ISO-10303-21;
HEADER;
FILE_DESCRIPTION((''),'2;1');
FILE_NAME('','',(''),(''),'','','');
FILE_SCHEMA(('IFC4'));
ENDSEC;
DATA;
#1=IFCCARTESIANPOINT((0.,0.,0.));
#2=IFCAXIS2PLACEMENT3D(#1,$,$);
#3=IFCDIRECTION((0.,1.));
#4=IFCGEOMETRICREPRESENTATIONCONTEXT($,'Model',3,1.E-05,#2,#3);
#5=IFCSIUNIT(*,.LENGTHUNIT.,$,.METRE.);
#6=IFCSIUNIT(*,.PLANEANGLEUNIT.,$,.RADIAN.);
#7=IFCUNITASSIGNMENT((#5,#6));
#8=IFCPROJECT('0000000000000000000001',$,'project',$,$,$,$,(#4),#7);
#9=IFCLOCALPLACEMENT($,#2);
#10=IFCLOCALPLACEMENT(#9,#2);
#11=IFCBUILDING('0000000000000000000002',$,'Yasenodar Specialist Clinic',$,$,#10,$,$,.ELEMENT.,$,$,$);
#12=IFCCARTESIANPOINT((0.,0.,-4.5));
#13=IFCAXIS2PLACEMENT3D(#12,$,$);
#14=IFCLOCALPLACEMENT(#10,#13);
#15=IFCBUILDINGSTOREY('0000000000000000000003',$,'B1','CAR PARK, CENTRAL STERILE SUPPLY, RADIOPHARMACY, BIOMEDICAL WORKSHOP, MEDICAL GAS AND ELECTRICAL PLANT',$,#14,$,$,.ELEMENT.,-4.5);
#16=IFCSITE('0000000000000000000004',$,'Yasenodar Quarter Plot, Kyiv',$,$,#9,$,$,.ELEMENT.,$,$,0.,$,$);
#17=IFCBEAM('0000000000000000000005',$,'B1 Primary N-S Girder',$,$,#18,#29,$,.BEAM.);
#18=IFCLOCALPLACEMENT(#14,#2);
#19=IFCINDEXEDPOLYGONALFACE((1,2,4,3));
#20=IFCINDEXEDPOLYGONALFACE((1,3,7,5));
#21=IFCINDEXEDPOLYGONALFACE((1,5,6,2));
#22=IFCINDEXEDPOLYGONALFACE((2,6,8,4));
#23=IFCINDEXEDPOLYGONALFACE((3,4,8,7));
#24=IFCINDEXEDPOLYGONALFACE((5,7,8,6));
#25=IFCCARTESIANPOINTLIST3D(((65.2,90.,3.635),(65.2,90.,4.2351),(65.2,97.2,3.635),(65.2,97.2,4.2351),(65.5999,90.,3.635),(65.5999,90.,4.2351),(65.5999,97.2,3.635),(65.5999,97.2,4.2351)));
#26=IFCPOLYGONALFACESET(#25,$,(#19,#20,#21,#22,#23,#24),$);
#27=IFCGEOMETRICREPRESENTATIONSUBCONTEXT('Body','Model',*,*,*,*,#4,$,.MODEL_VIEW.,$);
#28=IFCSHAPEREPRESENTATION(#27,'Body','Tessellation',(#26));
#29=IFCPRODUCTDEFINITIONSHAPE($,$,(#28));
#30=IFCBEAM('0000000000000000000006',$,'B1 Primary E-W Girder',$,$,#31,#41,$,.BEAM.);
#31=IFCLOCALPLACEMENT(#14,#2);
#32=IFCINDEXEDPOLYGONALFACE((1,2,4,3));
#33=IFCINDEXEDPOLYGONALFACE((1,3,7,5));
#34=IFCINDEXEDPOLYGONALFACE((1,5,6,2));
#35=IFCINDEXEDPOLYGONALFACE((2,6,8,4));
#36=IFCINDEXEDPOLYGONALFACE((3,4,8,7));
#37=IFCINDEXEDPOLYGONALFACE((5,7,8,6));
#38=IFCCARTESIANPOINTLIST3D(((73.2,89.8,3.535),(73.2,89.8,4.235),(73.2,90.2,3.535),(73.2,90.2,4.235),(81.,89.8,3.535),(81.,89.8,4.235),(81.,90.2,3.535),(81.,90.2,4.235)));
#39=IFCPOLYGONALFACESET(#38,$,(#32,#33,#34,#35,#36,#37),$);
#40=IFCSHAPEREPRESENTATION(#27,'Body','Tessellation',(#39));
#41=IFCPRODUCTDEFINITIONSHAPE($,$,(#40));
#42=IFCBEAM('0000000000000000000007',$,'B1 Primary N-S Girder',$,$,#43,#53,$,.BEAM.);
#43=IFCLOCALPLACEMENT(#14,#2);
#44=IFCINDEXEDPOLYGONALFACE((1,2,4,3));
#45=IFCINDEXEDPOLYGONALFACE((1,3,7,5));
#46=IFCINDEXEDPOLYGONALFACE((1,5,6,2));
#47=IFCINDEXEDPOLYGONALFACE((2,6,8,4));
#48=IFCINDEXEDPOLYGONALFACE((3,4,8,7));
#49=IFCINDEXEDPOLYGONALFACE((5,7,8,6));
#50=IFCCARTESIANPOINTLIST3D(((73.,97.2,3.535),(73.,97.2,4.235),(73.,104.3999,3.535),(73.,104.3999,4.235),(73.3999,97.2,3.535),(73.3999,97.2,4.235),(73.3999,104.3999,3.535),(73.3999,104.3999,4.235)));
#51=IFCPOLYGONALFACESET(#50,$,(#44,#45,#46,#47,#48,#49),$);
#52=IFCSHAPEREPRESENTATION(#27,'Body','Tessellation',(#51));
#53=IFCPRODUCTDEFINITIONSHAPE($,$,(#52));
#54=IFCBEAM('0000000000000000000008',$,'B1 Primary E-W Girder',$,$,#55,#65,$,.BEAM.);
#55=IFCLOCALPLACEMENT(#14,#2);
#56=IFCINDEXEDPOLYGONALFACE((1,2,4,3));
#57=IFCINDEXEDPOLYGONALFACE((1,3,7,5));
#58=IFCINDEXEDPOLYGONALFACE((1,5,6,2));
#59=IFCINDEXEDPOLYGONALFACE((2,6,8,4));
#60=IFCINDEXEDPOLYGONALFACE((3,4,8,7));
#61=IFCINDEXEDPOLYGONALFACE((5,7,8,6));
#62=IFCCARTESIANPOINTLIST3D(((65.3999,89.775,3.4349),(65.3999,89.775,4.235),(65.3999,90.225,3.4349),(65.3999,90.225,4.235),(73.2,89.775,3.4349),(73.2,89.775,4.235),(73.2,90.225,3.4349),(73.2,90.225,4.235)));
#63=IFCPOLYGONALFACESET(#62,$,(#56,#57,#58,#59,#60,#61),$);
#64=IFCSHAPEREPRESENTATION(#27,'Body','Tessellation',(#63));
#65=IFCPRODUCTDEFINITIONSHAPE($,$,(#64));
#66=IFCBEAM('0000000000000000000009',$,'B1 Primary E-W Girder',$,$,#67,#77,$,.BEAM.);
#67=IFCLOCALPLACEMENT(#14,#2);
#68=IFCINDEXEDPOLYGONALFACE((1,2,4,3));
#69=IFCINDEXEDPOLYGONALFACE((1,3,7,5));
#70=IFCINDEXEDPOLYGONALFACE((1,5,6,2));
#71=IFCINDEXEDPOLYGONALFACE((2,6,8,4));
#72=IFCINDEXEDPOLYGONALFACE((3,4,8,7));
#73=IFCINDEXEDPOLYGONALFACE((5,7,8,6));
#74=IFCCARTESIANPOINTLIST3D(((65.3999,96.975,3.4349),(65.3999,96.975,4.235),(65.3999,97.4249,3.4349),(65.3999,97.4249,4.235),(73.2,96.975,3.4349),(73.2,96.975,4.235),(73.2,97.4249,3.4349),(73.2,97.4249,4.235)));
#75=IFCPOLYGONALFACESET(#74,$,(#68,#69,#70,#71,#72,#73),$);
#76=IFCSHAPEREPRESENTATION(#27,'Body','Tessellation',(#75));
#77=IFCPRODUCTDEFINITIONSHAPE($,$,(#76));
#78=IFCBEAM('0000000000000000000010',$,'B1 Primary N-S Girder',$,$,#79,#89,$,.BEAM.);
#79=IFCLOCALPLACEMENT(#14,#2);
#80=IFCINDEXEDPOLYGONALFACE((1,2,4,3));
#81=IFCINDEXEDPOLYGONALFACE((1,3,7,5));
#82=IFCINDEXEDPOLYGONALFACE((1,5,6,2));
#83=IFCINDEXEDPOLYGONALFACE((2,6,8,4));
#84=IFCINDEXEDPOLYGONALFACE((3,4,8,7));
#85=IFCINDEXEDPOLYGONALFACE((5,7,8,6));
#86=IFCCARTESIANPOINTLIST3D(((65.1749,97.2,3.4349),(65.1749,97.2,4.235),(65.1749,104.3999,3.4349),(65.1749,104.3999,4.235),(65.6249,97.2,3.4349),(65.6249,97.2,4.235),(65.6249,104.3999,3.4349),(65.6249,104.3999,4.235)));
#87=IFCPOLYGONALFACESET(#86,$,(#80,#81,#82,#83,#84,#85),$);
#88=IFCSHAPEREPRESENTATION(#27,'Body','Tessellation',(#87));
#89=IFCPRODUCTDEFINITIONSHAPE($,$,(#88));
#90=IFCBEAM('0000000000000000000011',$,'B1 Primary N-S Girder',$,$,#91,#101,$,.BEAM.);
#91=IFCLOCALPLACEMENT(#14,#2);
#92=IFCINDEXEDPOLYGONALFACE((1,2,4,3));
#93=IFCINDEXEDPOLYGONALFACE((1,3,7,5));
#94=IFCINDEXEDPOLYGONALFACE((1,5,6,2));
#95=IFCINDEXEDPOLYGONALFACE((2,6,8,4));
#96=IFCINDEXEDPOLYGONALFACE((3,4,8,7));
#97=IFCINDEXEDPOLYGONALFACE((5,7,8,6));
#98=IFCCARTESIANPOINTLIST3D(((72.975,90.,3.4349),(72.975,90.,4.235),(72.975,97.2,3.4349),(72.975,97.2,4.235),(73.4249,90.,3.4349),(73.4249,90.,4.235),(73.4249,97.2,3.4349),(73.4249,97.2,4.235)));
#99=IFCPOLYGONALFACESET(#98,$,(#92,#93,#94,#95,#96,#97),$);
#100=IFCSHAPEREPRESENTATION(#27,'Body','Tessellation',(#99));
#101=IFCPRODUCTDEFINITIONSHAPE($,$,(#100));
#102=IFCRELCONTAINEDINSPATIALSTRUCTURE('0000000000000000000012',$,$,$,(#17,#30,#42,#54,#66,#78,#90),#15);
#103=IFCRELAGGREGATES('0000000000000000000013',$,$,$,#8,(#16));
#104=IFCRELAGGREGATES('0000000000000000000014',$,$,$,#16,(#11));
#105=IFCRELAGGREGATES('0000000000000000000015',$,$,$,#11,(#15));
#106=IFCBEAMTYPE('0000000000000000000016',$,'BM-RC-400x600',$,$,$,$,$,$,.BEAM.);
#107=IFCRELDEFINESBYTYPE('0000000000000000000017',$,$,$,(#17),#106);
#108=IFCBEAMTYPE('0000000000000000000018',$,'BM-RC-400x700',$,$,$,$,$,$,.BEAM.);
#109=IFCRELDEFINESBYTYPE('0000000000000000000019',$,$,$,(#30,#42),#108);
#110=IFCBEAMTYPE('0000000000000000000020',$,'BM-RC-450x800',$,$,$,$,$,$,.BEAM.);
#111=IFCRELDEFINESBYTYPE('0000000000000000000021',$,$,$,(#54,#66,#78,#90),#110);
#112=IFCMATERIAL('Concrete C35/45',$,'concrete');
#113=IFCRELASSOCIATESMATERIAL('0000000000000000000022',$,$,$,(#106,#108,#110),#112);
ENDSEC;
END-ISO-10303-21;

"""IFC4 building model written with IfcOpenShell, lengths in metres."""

from ifc_helpers import new_model, si_unit, direction, frame, origin, origin_2d, place, context, subcontext, project, spatial, rectangle, extrude, material, material_profile, profile_set, type_object, element, save


model = new_model("IFC4")

# Units and contexts
model_context = context("Model", 3, precision=1e-05, world=origin(), true_north=direction((0.0, 1.0)))
body_context = subcontext(model_context, "Body", "Model", "MODEL_VIEW")
ifc_project = project(units=[si_unit("LENGTHUNIT", "METRE"), si_unit("PLANEANGLEUNIT", "RADIAN")], contexts=[model_context])

# Site, building, storey
site_placement = place(None, origin())
site = spatial("IfcSite", under=ifc_project, at=site_placement, Name="Yasenodar Quarter Plot, Kyiv", CompositionType="ELEMENT", RefElevation=0.0)
building_placement = place(site_placement, origin())
building = spatial("IfcBuilding", under=site, at=building_placement, Name="Yasenodar Specialist Clinic", CompositionType="ELEMENT")
storey_placement = place(building_placement, frame((0.0, 0.0, -4.5)))
storey = spatial("IfcBuildingStorey", under=building, at=storey_placement, Name="B1", Description="CAR PARK, CENTRAL STERILE SUPPLY, RADIOPHARMACY, BIOMEDICAL WORKSHOP, MEDICAL GAS AND ELECTRICAL PLANT", CompositionType="ELEMENT", Elevation=-4.5)

# Shared definitions
ifc_material_1 = material(Name="Concrete C35/45", Category="concrete")

# Beams
ifc_material_profile_1 = material_profile(ifc_material_1, rectangle(XDim=0.3999, YDim=0.6001, at=origin_2d()), Name="RC 400x600")
ifc_profile_set_1 = profile_set([ifc_material_profile_1], Name="Concrete C35/45")
beam_type_1 = type_object("IfcBeamType", Name="BM-RC-400x600", PredefinedType="BEAM", material=ifc_profile_set_1)
beam_1_placement = place(storey_placement, frame((65.3999, 90.0, 3.9351), z_axis=(0.0, 1.0, 0.0), x_axis=(-1.0, 0.0, 0.0)))
element("IfcBeam", 1, at=beam_1_placement, inside=storey, type_object=beam_type_1, Name="B1 Primary N-S Girder", PredefinedType="BEAM", context=body_context, shape_type="SweptSolid", body=[
    extrude(rectangle(XDim=0.3999, YDim=0.6001, at=origin_2d()), origin(), (0.0, 0.0, 1.0), 7.2),
])
ifc_material_profile_2 = material_profile(ifc_material_1, rectangle(XDim=0.3999, YDim=0.7, at=origin_2d()), Name="RC 400x700")
ifc_profile_set_2 = profile_set([ifc_material_profile_2], Name="Concrete C35/45")
beam_type_2 = type_object("IfcBeamType", Name="BM-RC-400x700", PredefinedType="BEAM", material=ifc_profile_set_2)
beam_2_placement = place(storey_placement, frame((73.2, 90.0, 3.885), z_axis=(1.0, 0.0, 0.0), x_axis=(0.0, 1.0, 0.0)))
element("IfcBeam", 2, at=beam_2_placement, inside=storey, type_object=beam_type_2, Name="B1 Primary E-W Girder", PredefinedType="BEAM", context=body_context, shape_type="SweptSolid", body=[
    extrude(rectangle(XDim=0.3999, YDim=0.7, at=origin_2d()), origin(), (0.0, 0.0, 1.0), 7.8),
])
beam_3_placement = place(storey_placement, frame((73.2, 97.2, 3.885), z_axis=(0.0, 1.0, 0.0), x_axis=(-1.0, 0.0, 0.0)))
element("IfcBeam", 3, at=beam_3_placement, inside=storey, type_object=beam_type_2, Name="B1 Primary N-S Girder", PredefinedType="BEAM", context=body_context, shape_type="SweptSolid", body=[
    extrude(rectangle(XDim=0.3999, YDim=0.7, at=origin_2d()), origin(), (0.0, 0.0, 1.0), 7.2),
])
ifc_material_profile_3 = material_profile(ifc_material_1, rectangle(XDim=0.45, YDim=0.8, at=origin_2d()), Name="RC 450x800")
ifc_profile_set_3 = profile_set([ifc_material_profile_3], Name="Concrete C35/45")
beam_type_3 = type_object("IfcBeamType", Name="BM-RC-450x800", PredefinedType="BEAM", material=ifc_profile_set_3)
for number, where, z_axis, x_axis, name in (
    (4, (65.3999, 90.0, 3.835), (1.0, 0.0, 0.0), (0.0, 1.0, 0.0), "B1 Primary E-W Girder"),
    (5, (65.3999, 97.2, 3.835), (1.0, 0.0, 0.0), (0.0, 1.0, 0.0), "B1 Primary E-W Girder"),
):
    element("IfcBeam", number, at=place(storey_placement, frame(where, z_axis=z_axis, x_axis=x_axis)), inside=storey, type_object=beam_type_3, Name=name, PredefinedType="BEAM", context=body_context, shape_type="SweptSolid", body=[
        extrude(rectangle(XDim=0.45, YDim=0.8, at=origin_2d()), origin(), (0.0, 0.0, 1.0), 7.8),
    ])
for number, where, z_axis, x_axis, name in (
    (6, (65.3999, 97.2, 3.835), (0.0, 1.0, 0.0), (-1.0, 0.0, 0.0), "B1 Primary N-S Girder"),
    (7, (73.2, 90.0, 3.835), (0.0, 1.0, 0.0), (-1.0, 0.0, 0.0), "B1 Primary N-S Girder"),
):
    element("IfcBeam", number, at=place(storey_placement, frame(where, z_axis=z_axis, x_axis=x_axis)), inside=storey, type_object=beam_type_3, Name=name, PredefinedType="BEAM", context=body_context, shape_type="SweptSolid", body=[
        extrude(rectangle(XDim=0.45, YDim=0.8, at=origin_2d()), origin(), (0.0, 0.0, 1.0), 7.2),
    ])

save(model, "model.ifc")
